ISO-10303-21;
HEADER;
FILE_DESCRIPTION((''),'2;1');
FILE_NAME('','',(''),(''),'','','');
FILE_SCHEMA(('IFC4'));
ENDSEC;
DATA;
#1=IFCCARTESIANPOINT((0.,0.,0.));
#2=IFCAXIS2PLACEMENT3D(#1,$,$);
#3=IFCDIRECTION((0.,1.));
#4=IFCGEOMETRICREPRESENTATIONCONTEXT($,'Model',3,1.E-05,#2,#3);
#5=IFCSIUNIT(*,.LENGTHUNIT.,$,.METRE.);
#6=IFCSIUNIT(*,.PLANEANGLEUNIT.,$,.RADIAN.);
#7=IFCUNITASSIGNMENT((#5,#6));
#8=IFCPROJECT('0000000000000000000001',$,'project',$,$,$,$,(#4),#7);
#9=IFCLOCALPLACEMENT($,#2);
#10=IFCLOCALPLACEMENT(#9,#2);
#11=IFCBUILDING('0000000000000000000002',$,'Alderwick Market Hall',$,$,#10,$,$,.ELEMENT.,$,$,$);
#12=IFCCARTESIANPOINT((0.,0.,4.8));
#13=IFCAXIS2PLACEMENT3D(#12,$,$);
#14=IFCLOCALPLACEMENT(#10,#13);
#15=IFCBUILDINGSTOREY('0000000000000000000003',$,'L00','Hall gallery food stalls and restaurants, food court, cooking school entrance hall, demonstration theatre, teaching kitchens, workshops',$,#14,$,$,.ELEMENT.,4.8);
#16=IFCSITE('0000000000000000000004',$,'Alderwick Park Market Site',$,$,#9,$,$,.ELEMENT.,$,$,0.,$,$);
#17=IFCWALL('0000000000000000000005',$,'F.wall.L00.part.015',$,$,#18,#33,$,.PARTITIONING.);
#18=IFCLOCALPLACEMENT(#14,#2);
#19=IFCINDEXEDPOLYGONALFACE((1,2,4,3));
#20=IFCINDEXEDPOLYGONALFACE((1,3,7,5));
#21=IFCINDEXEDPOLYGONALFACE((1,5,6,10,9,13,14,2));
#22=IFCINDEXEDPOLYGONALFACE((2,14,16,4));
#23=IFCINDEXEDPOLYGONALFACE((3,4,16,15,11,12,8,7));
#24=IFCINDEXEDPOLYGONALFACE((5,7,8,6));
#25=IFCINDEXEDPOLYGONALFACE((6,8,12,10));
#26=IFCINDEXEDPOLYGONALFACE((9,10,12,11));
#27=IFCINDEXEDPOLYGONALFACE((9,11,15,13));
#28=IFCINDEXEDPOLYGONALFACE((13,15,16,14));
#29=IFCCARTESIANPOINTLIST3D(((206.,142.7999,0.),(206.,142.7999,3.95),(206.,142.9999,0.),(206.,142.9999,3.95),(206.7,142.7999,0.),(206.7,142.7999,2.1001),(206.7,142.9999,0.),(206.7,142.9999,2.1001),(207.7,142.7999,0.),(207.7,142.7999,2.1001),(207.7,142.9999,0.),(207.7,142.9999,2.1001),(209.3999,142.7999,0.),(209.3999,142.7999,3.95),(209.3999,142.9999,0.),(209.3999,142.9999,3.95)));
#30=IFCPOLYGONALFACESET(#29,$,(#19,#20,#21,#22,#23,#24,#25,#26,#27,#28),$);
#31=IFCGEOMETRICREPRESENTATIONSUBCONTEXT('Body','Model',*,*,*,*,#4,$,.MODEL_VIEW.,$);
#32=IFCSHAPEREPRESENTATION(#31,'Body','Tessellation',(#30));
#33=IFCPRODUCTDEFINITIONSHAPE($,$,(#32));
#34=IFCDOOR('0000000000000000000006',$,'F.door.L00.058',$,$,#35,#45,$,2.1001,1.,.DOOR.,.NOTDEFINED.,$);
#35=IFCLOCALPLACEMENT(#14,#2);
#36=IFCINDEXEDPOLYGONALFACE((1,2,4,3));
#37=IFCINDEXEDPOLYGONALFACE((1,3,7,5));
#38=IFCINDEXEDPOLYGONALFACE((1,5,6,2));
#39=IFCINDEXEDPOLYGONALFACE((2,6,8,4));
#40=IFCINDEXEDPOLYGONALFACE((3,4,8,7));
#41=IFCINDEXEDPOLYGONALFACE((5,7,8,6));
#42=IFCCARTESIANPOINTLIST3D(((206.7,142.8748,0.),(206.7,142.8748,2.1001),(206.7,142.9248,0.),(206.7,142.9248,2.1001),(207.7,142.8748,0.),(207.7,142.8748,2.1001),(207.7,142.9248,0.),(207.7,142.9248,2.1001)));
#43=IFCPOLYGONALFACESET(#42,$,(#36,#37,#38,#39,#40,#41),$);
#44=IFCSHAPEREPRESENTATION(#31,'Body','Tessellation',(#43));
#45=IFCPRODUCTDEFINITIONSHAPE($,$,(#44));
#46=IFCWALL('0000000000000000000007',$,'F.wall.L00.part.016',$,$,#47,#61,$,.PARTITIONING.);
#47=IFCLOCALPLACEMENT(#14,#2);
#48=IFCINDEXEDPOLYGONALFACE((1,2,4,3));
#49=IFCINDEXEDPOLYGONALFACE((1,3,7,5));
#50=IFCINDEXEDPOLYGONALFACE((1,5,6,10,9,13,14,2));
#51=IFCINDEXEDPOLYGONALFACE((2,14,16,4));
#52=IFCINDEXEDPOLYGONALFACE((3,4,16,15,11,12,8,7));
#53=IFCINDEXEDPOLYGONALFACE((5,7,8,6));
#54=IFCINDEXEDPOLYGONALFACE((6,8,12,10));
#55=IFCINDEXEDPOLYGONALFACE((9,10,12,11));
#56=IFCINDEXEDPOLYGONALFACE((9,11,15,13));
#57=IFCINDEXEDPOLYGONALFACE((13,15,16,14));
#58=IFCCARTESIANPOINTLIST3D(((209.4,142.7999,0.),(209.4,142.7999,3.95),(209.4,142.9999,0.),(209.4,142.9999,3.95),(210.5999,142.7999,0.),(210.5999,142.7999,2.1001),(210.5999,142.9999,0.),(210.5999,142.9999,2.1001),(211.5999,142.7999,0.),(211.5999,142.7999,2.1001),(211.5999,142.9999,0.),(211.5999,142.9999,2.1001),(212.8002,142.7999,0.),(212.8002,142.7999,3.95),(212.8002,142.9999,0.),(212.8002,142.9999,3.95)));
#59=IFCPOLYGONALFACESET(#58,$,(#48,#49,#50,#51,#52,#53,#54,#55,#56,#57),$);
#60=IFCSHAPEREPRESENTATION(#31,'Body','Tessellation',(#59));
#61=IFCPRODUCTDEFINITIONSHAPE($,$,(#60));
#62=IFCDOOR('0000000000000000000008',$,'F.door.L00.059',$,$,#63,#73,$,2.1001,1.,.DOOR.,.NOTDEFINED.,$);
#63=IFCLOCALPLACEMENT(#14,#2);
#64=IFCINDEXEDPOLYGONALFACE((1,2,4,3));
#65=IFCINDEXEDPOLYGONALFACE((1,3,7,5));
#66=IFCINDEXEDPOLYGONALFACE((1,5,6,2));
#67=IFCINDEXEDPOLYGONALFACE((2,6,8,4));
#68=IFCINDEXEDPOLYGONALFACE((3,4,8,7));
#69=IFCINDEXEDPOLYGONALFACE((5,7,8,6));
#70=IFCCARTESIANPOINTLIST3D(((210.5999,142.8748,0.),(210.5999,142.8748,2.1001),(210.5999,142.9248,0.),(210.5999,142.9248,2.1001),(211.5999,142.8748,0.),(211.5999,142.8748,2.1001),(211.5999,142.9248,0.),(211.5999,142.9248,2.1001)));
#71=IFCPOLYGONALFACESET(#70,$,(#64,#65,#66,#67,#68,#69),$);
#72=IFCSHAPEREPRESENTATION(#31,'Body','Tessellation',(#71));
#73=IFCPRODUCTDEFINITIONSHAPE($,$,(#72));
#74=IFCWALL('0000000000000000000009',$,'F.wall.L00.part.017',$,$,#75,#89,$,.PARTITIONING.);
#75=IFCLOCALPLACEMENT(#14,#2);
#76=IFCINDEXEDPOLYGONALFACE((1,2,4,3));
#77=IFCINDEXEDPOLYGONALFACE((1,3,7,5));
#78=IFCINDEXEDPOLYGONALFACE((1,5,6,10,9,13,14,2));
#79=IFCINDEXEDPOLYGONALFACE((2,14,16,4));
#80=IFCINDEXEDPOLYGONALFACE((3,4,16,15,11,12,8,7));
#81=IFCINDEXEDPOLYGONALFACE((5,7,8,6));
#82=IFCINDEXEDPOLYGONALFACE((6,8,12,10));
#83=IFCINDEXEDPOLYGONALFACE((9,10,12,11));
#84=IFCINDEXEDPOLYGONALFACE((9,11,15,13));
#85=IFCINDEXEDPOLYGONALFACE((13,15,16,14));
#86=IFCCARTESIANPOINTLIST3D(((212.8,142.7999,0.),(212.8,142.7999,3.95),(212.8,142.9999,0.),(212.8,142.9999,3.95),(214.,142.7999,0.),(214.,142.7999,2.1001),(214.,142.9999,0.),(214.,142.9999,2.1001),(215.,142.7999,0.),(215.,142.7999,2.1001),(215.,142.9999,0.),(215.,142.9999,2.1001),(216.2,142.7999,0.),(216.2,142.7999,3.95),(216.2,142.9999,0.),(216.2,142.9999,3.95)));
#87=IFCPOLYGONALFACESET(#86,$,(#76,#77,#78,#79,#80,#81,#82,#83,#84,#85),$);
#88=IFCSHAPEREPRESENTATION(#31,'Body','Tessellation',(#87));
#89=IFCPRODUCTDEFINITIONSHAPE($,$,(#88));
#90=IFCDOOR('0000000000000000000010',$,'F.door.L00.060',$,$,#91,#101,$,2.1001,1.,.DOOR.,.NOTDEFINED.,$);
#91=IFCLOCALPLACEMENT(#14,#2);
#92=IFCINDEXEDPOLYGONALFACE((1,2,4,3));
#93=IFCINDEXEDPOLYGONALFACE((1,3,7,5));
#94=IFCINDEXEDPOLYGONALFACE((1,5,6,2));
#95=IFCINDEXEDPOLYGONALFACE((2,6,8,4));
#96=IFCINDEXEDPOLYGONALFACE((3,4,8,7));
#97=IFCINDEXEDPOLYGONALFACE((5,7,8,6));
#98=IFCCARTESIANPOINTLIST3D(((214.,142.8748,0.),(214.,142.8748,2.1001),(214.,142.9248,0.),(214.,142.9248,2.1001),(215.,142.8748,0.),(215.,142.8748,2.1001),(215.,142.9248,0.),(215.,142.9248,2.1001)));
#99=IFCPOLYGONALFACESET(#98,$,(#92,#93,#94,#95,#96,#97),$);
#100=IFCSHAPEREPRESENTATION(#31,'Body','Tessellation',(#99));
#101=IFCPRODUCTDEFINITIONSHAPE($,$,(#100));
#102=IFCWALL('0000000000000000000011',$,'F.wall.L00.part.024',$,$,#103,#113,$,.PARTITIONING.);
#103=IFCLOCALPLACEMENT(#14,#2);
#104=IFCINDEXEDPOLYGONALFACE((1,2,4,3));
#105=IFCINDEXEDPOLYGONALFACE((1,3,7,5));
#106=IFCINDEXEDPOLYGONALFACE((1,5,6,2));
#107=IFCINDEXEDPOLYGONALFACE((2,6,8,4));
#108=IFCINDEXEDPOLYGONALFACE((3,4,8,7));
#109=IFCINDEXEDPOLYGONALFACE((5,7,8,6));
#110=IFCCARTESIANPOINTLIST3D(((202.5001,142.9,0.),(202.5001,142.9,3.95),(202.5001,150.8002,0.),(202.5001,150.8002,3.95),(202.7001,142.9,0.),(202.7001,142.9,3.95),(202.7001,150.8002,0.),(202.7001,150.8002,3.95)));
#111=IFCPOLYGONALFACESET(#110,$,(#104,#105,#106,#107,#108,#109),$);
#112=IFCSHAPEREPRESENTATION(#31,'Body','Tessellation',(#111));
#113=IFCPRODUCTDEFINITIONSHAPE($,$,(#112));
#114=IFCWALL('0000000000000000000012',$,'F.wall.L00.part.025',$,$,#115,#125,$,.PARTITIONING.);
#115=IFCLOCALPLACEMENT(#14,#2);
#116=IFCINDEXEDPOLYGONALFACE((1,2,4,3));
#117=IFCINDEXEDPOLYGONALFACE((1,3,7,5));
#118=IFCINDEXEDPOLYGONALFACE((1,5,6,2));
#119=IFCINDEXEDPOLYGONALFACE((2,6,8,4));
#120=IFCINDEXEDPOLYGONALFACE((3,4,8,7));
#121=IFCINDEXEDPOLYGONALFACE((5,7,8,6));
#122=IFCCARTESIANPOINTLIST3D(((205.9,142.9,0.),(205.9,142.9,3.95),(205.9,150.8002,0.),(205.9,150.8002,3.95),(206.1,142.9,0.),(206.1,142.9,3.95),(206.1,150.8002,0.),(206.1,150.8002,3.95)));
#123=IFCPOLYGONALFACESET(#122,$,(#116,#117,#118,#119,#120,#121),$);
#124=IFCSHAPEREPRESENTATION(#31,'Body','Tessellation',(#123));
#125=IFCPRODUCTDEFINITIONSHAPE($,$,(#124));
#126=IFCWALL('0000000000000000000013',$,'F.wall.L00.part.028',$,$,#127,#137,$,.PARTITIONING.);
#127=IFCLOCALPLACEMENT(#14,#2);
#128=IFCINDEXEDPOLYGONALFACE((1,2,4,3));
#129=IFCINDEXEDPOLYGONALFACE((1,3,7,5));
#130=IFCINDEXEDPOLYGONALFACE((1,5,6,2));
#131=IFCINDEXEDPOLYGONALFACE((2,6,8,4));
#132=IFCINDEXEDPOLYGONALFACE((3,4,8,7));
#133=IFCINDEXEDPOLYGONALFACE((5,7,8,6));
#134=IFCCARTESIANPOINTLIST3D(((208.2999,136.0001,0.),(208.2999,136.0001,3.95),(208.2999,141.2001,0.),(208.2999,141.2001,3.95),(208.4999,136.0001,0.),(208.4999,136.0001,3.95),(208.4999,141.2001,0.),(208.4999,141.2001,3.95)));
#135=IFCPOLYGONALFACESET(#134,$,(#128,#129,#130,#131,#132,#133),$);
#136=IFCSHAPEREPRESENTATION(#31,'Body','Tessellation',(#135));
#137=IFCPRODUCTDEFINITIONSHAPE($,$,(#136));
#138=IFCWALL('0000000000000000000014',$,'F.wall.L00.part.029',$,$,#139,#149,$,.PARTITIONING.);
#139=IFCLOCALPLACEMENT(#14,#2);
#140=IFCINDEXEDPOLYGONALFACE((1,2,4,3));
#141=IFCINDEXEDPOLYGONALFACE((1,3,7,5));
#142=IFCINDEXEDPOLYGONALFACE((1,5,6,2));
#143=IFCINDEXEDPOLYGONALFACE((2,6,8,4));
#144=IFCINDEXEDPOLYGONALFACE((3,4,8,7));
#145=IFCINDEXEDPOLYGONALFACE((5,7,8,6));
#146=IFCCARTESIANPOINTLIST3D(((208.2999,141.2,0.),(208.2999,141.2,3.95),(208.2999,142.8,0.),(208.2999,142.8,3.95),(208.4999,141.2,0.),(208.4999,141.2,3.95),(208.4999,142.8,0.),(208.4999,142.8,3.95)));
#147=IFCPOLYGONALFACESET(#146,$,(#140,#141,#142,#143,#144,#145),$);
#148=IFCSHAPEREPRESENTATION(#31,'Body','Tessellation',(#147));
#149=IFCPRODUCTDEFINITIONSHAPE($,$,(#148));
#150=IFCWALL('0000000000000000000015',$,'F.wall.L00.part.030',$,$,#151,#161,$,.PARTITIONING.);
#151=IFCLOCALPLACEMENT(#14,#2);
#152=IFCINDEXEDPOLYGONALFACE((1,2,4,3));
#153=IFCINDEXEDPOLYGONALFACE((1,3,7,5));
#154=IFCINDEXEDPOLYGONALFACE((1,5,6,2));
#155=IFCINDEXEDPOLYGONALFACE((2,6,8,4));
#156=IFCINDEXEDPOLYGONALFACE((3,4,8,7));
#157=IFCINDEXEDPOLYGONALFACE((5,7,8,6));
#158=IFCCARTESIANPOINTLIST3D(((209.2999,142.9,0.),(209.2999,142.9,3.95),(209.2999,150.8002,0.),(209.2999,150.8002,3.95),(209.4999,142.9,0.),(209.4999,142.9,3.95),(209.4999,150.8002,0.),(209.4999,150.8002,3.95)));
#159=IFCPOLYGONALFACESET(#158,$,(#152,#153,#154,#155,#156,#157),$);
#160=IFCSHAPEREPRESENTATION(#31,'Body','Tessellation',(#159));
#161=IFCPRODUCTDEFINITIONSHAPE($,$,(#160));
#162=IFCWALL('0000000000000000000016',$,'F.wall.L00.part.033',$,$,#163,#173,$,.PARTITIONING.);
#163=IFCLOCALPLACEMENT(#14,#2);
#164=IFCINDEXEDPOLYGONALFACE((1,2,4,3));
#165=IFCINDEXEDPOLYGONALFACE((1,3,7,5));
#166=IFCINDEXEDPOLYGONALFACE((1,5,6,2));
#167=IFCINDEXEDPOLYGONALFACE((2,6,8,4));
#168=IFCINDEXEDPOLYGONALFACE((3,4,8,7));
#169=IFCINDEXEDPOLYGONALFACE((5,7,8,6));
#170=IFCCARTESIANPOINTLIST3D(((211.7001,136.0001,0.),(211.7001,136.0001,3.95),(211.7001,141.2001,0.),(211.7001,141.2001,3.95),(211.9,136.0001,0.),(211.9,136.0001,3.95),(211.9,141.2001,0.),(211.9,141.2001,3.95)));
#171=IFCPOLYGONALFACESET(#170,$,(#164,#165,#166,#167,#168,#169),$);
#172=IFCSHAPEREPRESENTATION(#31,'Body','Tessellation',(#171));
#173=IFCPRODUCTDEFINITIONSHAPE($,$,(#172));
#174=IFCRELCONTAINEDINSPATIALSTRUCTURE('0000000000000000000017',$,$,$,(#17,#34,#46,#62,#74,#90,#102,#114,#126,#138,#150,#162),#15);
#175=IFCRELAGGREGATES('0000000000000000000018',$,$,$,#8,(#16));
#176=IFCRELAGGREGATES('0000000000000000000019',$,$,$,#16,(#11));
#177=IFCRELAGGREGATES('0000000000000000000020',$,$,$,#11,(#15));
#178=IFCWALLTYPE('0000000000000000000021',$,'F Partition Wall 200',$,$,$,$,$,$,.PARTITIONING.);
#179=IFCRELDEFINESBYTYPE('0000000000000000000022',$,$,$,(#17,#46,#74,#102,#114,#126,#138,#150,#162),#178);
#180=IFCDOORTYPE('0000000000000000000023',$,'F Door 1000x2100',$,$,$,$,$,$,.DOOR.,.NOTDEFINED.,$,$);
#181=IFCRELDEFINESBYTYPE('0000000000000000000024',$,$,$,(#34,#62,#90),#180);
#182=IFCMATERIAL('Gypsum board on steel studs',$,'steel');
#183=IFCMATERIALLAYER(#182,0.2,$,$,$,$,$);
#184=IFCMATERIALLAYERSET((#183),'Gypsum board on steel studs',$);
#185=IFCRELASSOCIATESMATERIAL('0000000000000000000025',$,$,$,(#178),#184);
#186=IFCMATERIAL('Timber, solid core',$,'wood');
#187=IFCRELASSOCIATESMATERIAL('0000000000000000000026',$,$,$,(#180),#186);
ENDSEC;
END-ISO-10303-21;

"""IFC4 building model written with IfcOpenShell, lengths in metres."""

from ifc_helpers import new_model, si_unit, direction, frame, frame_2d, origin, place, context, subcontext, project, spatial, rectangle, extrude, material, layer, layer_set, type_object, element, fill, save


model = new_model("IFC4")

# Units and contexts
model_context = context("Model", 3, precision=1e-05, world=origin(), true_north=direction((0.0, 1.0)))
body_context = subcontext(model_context, "Body", "Model", "MODEL_VIEW")
ifc_project = project(units=[si_unit("LENGTHUNIT", "METRE"), si_unit("PLANEANGLEUNIT", "RADIAN")], contexts=[model_context])

# Site, building, storey
site_placement = place(None, origin())
site = spatial("IfcSite", under=ifc_project, at=site_placement, Name="Alderwick Park Market Site", CompositionType="ELEMENT", RefElevation=0.0)
building_placement = place(site_placement, origin())
building = spatial("IfcBuilding", under=site, at=building_placement, Name="Alderwick Market Hall", CompositionType="ELEMENT")
storey_placement = place(building_placement, frame((0.0, 0.0, 4.8)))
storey = spatial("IfcBuildingStorey", under=building, at=storey_placement, Name="L00", Description="Hall gallery food stalls and restaurants, food court, cooking school entrance hall, demonstration theatre, teaching kitchens, workshops", CompositionType="ELEMENT", Elevation=4.8)

# Walls, openings, doors
ifc_material_1 = material(Name="Gypsum board on steel studs", Category="steel")
ifc_layer = layer(ifc_material_1, 0.2)
ifc_layer_set = layer_set([ifc_layer], Name="Gypsum board on steel studs")
wall_type = type_object("IfcWallType", Name="F Partition Wall 200", PredefinedType="PARTITIONING", material=ifc_layer_set)
ifc_material_2 = material(Name="Timber, solid core", Category="wood")
door_type_1 = type_object("IfcDoorType", Name="F Door 1000x2100", OperationType="NOTDEFINED", PredefinedType="DOOR", material=ifc_material_2)
wall_1_placement = place(storey_placement, frame((206.0, 142.8999, 0.0), z_axis=(0.0, 0.0, 1.0), x_axis=(1.0, 0.0, 0.0)))
wall_1 = element("IfcWall", 1, at=wall_1_placement, inside=storey, type_object=wall_type, Name="F.wall.L00.part.015", PredefinedType="PARTITIONING", context=body_context, shape_type="SweptSolid", body=[
    extrude(rectangle(XDim=3.3999, YDim=0.2, at=frame_2d((1.7, 0.0))), origin(), (0.0, 0.0, 1.0), 3.95),
])
opening_1_placement = place(wall_1_placement, frame((0.7, 0.0, 0.0)))
opening_1 = element("IfcOpeningElement", 2, at=opening_1_placement, cuts=wall_1, PredefinedType="OPENING", context=body_context, shape_type="SweptSolid", body=[
    extrude(rectangle(XDim=1.0, YDim=2.1001, at=frame_2d((0.5, 1.05))), frame((0.0, 0.1099, 0.0), z_axis=(0.0, -1.0, 0.0), x_axis=(1.0, 0.0, 0.0)), (0.0, 0.0, 1.0), 0.22),
])
door_1_placement = place(opening_1_placement, origin())
door_1 = element("IfcDoor", 3, at=door_1_placement, inside=storey, type_object=door_type_1, Name="F.door.L00.058", OperationType="NOTDEFINED", OverallHeight=2.1001, OverallWidth=1.0, PredefinedType="DOOR", context=body_context, shape_type="SweptSolid", body=[
    extrude(rectangle(XDim=1.0, YDim=2.1001, at=frame_2d((0.5, 1.05))), frame((0.0, 0.0249, 0.0), z_axis=(0.0, -1.0, 0.0), x_axis=(1.0, 0.0, 0.0)), (0.0, 0.0, 1.0), 0.05),
])
fill(opening_1, door_1)
wall_2_placement = place(storey_placement, frame((209.3999, 142.8999, 0.0), z_axis=(0.0, 0.0, 1.0), x_axis=(1.0, 0.0, 0.0)))
wall_2 = element("IfcWall", 4, at=wall_2_placement, inside=storey, type_object=wall_type, Name="F.wall.L00.part.016", PredefinedType="PARTITIONING", context=body_context, shape_type="SweptSolid", body=[
    extrude(rectangle(XDim=3.4001, YDim=0.2, at=frame_2d((1.7002, 0.0))), origin(), (0.0, 0.0, 1.0), 3.95),
])
opening_2_placement = place(wall_2_placement, frame((1.2, 0.0, 0.0)))
opening_2 = element("IfcOpeningElement", 5, at=opening_2_placement, cuts=wall_2, PredefinedType="OPENING", context=body_context, shape_type="SweptSolid", body=[
    extrude(rectangle(XDim=1.0, YDim=2.1001, at=frame_2d((0.5, 1.05))), frame((0.0, 0.1099, 0.0), z_axis=(0.0, -1.0, 0.0), x_axis=(1.0, 0.0, 0.0)), (0.0, 0.0, 1.0), 0.22),
])
door_2_placement = place(opening_2_placement, origin())
door_2 = element("IfcDoor", 6, at=door_2_placement, inside=storey, type_object=door_type_1, Name="F.door.L00.059", OperationType="NOTDEFINED", OverallHeight=2.1001, OverallWidth=1.0, PredefinedType="DOOR", context=body_context, shape_type="SweptSolid", body=[
    extrude(rectangle(XDim=1.0, YDim=2.1001, at=frame_2d((0.5, 1.05))), frame((0.0, 0.0249, 0.0), z_axis=(0.0, -1.0, 0.0), x_axis=(1.0, 0.0, 0.0)), (0.0, 0.0, 1.0), 0.05),
])
fill(opening_2, door_2)
wall_3_placement = place(storey_placement, frame((212.8, 142.8999, 0.0), z_axis=(0.0, 0.0, 1.0), x_axis=(1.0, 0.0, 0.0)))
wall_3 = element("IfcWall", 7, at=wall_3_placement, inside=storey, type_object=wall_type, Name="F.wall.L00.part.017", PredefinedType="PARTITIONING", context=body_context, shape_type="SweptSolid", body=[
    extrude(rectangle(XDim=3.3999, YDim=0.2, at=frame_2d((1.7, 0.0))), origin(), (0.0, 0.0, 1.0), 3.95),
])
opening_3_placement = place(wall_3_placement, frame((1.2, 0.0, 0.0)))
opening_3 = element("IfcOpeningElement", 8, at=opening_3_placement, cuts=wall_3, PredefinedType="OPENING", context=body_context, shape_type="SweptSolid", body=[
    extrude(rectangle(XDim=1.0, YDim=2.1001, at=frame_2d((0.5, 1.05))), frame((0.0, 0.1099, 0.0), z_axis=(0.0, -1.0, 0.0), x_axis=(1.0, 0.0, 0.0)), (0.0, 0.0, 1.0), 0.22),
])
door_3_placement = place(opening_3_placement, origin())
door_3 = element("IfcDoor", 9, at=door_3_placement, inside=storey, type_object=door_type_1, Name="F.door.L00.060", OperationType="NOTDEFINED", OverallHeight=2.1001, OverallWidth=1.0, PredefinedType="DOOR", context=body_context, shape_type="SweptSolid", body=[
    extrude(rectangle(XDim=1.0, YDim=2.1001, at=frame_2d((0.5, 1.05))), frame((0.0, 0.0249, 0.0), z_axis=(0.0, -1.0, 0.0), x_axis=(1.0, 0.0, 0.0)), (0.0, 0.0, 1.0), 0.05),
])
fill(opening_3, door_3)

# Walls
for number, where, z_axis, x_axis, name in (
    (10, (202.6001, 142.8999, 0.0), (0.0, 0.0, 1.0), (0.0, 1.0, 0.0), "F.wall.L00.part.024"),
    (11, (206.0, 142.8999, 0.0), (0.0, 0.0, 1.0), (0.0, 1.0, 0.0), "F.wall.L00.part.025"),
):
    element("IfcWall", number, at=place(storey_placement, frame(where, z_axis=z_axis, x_axis=x_axis)), inside=storey, type_object=wall_type, Name=name, PredefinedType="PARTITIONING", context=body_context, shape_type="SweptSolid", body=[
        extrude(rectangle(XDim=7.9001, YDim=0.2, at=frame_2d((3.9502, 0.0))), origin(), (0.0, 0.0, 1.0), 3.95),
    ])
wall_4_placement = place(storey_placement, frame((208.3999, 136.0, 0.0), z_axis=(0.0, 0.0, 1.0), x_axis=(0.0, 1.0, 0.0)))
element("IfcWall", 12, at=wall_4_placement, inside=storey, type_object=wall_type, Name="F.wall.L00.part.028", PredefinedType="PARTITIONING", context=body_context, shape_type="SweptSolid", body=[
    extrude(rectangle(XDim=5.2, YDim=0.2, at=frame_2d((2.6001, 0.0))), origin(), (0.0, 0.0, 1.0), 3.95),
])
wall_5_placement = place(storey_placement, frame((208.3999, 141.2, 0.0), z_axis=(0.0, 0.0, 1.0), x_axis=(0.0, 1.0, 0.0)))
element("IfcWall", 13, at=wall_5_placement, inside=storey, type_object=wall_type, Name="F.wall.L00.part.029", PredefinedType="PARTITIONING", context=body_context, shape_type="SweptSolid", body=[
    extrude(rectangle(XDim=1.6001, YDim=0.2, at=frame_2d((0.8, 0.0))), origin(), (0.0, 0.0, 1.0), 3.95),
])
wall_6_placement = place(storey_placement, frame((209.3999, 142.8999, 0.0), z_axis=(0.0, 0.0, 1.0), x_axis=(0.0, 1.0, 0.0)))
element("IfcWall", 14, at=wall_6_placement, inside=storey, type_object=wall_type, Name="F.wall.L00.part.030", PredefinedType="PARTITIONING", context=body_context, shape_type="SweptSolid", body=[
    extrude(rectangle(XDim=7.9001, YDim=0.2, at=frame_2d((3.9502, 0.0))), origin(), (0.0, 0.0, 1.0), 3.95),
])
wall_7_placement = place(storey_placement, frame((211.8, 136.0, 0.0), z_axis=(0.0, 0.0, 1.0), x_axis=(0.0, 1.0, 0.0)))
element("IfcWall", 15, at=wall_7_placement, inside=storey, type_object=wall_type, Name="F.wall.L00.part.033", PredefinedType="PARTITIONING", context=body_context, shape_type="SweptSolid", body=[
    extrude(rectangle(XDim=5.2, YDim=0.2, at=frame_2d((2.6001, 0.0))), origin(), (0.0, 0.0, 1.0), 3.95),
])

save(model, "model.ifc")
